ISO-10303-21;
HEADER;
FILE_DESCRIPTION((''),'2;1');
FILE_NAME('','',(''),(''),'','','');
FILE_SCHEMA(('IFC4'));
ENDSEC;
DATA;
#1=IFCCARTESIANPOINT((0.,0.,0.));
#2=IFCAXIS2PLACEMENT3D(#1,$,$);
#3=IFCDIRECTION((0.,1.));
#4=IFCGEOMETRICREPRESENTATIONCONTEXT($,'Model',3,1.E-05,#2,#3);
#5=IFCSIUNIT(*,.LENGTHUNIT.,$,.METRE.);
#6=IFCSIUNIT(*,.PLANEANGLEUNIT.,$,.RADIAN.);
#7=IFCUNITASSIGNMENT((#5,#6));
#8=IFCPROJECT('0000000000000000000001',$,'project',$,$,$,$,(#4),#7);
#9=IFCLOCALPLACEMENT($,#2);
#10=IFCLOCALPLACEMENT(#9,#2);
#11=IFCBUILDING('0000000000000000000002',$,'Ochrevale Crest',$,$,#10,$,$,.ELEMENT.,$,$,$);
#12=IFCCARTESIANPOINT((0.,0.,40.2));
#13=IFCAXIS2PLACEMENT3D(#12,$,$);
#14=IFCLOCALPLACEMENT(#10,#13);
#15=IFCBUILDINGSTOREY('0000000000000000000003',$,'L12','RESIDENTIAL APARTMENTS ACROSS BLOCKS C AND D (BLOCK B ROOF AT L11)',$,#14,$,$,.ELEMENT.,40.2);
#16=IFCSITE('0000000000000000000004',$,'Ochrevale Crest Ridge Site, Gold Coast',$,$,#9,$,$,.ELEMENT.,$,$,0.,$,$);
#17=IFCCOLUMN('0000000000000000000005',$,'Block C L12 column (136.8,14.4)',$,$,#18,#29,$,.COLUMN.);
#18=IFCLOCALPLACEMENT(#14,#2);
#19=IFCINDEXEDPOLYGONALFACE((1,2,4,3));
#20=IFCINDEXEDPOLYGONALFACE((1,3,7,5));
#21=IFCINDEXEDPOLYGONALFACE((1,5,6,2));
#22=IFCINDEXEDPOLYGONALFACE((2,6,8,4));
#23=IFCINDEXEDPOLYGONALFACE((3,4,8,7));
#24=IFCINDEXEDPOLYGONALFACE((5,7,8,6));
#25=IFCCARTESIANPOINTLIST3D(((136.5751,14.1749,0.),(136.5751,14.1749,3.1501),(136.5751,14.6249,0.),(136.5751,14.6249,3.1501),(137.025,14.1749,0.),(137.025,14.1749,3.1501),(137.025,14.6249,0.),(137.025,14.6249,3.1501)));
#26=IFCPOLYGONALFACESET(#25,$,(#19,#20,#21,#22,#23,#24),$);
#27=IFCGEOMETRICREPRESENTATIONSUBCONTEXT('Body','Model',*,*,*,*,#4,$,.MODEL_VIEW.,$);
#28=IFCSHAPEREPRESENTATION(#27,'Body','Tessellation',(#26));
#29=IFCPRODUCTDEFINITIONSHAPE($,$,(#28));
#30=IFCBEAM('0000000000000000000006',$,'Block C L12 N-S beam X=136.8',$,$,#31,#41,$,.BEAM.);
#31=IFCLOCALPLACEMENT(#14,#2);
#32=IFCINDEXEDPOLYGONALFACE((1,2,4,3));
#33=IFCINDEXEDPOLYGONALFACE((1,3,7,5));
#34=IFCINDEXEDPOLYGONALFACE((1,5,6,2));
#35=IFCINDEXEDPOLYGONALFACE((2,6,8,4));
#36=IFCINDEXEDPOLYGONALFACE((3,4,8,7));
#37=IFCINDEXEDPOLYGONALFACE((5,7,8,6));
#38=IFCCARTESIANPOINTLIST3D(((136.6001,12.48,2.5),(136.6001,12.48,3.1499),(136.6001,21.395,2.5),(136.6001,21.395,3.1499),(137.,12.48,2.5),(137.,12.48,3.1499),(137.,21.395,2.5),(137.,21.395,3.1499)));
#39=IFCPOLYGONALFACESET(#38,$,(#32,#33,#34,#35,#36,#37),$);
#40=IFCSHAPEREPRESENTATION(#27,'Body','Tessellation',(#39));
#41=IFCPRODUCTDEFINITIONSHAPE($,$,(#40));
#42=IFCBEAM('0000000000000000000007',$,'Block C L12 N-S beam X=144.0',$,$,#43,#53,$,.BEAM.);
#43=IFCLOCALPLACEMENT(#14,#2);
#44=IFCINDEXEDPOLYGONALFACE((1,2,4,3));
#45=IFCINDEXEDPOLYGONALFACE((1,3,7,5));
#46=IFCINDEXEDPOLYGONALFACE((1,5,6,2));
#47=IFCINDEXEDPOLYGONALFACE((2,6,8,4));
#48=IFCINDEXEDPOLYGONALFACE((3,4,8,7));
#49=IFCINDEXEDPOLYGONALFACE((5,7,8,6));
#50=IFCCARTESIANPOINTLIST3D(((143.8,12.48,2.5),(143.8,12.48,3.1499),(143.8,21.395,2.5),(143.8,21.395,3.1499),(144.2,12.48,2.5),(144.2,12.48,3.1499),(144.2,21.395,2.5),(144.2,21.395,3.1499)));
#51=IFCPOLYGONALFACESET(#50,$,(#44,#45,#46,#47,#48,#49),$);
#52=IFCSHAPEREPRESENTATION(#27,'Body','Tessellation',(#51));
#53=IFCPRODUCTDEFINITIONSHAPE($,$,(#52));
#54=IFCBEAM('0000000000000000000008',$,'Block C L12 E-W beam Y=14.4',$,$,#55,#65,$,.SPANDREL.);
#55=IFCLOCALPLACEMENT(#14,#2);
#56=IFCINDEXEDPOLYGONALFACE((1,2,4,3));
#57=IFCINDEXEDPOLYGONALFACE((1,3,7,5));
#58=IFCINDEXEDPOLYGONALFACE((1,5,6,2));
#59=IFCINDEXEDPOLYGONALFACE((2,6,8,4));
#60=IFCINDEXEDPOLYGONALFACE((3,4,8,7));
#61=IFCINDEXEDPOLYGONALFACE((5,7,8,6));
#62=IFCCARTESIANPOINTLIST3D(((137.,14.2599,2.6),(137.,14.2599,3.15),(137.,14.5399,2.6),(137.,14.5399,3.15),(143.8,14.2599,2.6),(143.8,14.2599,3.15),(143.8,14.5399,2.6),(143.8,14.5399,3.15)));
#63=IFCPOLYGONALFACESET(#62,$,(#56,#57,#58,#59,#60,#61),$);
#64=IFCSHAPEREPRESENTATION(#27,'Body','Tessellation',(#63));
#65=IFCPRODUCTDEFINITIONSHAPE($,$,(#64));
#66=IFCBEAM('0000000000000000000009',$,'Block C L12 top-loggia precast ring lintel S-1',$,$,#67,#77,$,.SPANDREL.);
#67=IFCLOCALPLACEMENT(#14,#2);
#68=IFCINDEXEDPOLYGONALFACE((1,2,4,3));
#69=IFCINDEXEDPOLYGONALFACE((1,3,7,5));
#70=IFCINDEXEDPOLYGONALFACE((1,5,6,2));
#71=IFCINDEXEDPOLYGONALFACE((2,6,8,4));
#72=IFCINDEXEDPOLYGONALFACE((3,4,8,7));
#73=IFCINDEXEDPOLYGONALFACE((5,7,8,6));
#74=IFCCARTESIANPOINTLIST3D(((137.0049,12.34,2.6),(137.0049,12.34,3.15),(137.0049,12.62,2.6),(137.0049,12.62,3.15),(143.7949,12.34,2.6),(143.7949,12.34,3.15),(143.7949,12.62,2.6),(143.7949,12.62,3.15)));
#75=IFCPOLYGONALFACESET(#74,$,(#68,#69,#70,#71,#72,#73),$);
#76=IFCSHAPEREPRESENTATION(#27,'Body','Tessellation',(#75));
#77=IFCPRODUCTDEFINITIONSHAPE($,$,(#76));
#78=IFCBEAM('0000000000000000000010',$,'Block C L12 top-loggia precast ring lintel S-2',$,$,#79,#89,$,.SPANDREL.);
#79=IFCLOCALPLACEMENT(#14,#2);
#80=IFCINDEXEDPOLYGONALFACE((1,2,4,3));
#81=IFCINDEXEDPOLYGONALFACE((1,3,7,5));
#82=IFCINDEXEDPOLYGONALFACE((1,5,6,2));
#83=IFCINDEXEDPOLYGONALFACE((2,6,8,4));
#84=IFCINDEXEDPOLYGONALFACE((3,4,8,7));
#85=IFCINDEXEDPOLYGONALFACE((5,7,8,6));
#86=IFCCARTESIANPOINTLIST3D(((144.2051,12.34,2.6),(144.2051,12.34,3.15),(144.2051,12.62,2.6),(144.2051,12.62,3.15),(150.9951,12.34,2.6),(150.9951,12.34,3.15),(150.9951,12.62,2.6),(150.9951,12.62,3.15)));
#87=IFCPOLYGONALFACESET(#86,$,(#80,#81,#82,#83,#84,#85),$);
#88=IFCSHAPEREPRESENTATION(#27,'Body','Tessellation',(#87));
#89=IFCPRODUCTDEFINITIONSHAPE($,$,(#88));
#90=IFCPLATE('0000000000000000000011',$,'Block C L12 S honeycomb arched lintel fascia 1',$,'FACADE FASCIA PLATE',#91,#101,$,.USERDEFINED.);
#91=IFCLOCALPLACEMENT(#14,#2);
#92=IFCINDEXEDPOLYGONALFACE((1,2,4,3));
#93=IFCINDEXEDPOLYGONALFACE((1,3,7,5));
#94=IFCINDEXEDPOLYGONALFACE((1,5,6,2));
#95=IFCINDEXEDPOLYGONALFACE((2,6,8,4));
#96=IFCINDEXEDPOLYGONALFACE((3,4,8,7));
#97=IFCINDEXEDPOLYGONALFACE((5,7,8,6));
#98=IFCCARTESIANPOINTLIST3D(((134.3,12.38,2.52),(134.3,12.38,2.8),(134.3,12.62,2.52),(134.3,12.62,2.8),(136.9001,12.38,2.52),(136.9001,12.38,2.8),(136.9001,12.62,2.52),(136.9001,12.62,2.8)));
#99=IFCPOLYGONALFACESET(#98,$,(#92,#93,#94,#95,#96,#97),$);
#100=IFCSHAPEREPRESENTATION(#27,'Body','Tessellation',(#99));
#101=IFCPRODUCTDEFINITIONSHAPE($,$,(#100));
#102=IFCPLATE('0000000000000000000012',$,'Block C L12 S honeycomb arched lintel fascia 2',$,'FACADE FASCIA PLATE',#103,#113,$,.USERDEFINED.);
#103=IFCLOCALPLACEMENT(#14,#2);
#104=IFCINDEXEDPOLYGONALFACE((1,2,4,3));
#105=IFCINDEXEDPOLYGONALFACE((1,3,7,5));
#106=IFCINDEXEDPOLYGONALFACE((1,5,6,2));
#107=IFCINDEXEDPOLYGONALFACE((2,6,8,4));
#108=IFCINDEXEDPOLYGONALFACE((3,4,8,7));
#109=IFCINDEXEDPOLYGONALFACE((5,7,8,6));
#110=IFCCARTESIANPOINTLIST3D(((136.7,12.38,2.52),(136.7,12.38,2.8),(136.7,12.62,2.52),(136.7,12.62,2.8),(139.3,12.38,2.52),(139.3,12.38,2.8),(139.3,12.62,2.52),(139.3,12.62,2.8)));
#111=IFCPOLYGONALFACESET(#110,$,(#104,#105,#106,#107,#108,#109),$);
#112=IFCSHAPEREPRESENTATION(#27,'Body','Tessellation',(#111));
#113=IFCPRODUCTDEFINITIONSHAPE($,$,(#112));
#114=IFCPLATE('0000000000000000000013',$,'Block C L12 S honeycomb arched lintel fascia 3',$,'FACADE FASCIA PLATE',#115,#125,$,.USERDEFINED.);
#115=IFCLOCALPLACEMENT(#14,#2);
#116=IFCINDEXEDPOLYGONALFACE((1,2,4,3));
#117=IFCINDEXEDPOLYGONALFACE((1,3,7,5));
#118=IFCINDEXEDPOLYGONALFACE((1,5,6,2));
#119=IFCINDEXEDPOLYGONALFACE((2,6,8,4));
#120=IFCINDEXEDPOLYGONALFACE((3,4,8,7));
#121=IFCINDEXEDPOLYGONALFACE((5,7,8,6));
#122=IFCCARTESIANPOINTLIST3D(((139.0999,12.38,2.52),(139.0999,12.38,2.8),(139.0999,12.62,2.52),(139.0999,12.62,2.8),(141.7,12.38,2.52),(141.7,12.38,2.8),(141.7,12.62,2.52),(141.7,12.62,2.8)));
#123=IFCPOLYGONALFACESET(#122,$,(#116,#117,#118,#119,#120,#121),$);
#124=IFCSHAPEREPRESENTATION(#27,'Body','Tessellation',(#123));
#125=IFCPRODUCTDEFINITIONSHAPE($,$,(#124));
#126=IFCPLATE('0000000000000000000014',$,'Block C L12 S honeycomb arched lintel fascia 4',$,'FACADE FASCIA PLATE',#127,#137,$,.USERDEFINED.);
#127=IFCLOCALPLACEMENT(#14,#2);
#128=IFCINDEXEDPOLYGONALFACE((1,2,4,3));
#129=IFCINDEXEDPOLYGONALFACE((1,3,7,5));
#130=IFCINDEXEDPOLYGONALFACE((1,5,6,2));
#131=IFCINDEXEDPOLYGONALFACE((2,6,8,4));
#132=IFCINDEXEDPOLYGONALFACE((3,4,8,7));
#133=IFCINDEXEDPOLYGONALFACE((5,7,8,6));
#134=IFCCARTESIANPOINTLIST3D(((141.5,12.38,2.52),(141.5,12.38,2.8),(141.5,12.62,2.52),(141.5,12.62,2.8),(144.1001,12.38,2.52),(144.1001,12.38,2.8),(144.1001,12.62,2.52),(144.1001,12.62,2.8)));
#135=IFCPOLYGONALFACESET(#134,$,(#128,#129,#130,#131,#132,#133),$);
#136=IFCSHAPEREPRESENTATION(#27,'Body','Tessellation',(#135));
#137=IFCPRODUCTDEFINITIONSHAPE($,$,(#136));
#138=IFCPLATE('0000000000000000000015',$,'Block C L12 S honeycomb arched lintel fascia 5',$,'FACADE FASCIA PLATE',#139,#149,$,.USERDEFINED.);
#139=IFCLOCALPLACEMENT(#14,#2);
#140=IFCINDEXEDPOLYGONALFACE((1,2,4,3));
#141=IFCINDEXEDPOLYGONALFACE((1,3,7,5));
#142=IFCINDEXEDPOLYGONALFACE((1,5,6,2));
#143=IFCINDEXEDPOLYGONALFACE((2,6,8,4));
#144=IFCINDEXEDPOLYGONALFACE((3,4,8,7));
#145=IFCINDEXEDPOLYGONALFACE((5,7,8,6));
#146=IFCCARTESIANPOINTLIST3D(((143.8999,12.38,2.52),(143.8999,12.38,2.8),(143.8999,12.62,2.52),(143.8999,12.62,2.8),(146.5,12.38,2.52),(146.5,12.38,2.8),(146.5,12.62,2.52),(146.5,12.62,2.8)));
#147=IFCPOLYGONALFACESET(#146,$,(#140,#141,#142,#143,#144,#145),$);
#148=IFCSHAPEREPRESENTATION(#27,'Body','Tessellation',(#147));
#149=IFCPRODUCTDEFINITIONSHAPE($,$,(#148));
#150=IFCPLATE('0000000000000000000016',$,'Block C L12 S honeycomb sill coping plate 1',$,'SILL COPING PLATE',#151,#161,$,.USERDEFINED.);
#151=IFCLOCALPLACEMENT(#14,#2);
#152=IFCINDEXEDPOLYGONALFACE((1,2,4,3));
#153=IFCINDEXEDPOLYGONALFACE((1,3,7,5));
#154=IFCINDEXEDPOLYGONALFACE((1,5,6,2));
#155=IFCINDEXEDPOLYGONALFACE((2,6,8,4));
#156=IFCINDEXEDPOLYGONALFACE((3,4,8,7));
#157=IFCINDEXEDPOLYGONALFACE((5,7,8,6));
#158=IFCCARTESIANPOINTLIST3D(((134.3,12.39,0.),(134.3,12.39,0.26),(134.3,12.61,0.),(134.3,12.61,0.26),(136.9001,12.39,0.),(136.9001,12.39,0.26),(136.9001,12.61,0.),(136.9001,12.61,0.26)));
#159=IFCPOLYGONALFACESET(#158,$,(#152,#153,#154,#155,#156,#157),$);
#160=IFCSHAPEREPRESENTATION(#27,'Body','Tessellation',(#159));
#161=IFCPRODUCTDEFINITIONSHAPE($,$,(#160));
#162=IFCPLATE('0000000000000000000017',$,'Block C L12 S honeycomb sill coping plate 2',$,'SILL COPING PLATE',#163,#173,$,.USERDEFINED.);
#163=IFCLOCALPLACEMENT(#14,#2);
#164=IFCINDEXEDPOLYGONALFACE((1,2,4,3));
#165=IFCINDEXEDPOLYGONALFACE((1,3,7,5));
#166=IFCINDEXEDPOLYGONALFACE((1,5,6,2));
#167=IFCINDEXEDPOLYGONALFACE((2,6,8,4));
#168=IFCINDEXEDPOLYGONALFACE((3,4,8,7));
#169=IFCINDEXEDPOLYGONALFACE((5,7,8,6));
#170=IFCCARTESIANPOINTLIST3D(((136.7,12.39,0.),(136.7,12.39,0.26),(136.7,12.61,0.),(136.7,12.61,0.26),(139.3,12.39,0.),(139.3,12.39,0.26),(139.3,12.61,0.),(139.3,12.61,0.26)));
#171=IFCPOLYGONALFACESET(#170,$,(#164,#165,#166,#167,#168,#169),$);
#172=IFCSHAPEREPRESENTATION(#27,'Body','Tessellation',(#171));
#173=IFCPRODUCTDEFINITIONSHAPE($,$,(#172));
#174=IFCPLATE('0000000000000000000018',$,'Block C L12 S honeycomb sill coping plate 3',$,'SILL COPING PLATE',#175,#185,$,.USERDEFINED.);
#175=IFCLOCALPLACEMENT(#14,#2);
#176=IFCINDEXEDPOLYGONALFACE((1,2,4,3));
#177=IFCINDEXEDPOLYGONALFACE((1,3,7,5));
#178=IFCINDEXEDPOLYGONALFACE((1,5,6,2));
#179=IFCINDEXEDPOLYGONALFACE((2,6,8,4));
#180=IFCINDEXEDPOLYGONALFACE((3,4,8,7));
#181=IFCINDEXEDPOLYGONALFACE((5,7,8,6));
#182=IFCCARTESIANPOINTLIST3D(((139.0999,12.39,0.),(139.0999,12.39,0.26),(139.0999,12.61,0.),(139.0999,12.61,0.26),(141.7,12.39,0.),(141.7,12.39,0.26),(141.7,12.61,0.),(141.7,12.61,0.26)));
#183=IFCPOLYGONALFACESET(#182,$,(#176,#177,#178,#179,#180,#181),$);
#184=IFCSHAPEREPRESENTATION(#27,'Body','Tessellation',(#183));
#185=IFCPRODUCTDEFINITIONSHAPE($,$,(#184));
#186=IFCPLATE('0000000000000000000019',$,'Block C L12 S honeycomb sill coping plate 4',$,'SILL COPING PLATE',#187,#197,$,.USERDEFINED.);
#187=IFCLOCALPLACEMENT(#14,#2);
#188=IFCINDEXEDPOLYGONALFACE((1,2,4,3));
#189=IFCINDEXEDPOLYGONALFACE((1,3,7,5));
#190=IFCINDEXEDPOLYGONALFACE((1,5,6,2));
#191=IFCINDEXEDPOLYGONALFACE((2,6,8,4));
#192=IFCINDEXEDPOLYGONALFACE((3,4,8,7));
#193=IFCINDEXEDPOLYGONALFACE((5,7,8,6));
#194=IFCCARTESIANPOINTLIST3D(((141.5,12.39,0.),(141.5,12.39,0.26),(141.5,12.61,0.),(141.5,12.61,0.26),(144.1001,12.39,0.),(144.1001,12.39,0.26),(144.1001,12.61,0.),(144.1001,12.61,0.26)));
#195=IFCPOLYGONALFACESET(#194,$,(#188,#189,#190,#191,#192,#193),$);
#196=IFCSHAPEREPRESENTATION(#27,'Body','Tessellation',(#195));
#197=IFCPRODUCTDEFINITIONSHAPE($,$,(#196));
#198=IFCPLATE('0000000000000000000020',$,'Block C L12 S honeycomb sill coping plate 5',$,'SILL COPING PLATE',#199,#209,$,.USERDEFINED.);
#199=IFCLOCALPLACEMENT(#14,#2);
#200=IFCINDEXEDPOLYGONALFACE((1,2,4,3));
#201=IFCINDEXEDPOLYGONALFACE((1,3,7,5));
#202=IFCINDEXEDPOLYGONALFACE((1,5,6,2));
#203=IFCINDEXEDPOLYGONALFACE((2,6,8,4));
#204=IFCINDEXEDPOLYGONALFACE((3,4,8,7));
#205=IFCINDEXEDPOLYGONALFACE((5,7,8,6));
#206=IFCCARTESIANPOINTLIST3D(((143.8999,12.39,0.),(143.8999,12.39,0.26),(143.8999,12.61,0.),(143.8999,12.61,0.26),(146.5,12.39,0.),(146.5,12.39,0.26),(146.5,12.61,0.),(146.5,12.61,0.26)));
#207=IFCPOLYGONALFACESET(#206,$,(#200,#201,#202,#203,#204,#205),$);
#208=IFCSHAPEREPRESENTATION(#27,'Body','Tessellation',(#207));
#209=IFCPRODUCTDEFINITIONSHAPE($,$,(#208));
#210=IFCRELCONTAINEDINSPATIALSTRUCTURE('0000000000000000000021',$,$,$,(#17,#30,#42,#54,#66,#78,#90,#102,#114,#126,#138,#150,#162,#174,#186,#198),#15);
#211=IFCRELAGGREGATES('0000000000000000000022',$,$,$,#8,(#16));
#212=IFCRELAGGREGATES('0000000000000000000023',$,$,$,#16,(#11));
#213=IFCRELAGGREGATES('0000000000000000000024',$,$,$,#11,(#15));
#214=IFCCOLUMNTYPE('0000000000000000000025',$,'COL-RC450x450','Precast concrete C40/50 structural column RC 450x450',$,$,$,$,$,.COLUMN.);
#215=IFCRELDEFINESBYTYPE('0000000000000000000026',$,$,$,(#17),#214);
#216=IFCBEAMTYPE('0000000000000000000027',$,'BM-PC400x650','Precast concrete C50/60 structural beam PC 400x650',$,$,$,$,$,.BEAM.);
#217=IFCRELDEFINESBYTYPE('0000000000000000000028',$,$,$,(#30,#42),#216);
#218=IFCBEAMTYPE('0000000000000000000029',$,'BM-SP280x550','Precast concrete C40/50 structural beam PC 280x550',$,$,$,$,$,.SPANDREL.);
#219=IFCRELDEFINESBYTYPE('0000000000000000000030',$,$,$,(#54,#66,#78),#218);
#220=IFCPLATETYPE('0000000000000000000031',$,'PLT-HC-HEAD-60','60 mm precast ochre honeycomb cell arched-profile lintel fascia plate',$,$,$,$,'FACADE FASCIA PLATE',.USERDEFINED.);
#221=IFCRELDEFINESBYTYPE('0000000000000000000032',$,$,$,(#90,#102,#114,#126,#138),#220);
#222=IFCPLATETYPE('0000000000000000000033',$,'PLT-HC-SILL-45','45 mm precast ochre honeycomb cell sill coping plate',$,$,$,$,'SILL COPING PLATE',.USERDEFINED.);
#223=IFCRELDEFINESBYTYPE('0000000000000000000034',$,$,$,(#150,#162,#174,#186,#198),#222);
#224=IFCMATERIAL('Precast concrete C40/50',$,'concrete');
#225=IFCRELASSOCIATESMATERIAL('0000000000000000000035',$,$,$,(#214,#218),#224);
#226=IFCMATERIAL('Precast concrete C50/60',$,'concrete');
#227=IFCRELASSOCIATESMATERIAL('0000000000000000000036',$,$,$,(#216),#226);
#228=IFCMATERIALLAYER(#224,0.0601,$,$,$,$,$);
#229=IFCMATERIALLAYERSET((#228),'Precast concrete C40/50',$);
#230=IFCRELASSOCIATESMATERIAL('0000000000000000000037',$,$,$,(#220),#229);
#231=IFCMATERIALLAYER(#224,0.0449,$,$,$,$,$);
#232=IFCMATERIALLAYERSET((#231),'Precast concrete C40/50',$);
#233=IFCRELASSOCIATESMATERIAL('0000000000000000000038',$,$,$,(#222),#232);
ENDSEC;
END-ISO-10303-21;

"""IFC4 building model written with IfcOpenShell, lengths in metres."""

from ifc_helpers import new_model, si_unit, direction, frame, origin, origin_2d, place, context, subcontext, project, spatial, rectangle, extrude, material, layer, layer_set, material_profile, profile_set, type_object, element, save


model = new_model("IFC4")

# Units and contexts
model_context = context("Model", 3, precision=1e-05, world=origin(), true_north=direction((0.0, 1.0)))
body_context = subcontext(model_context, "Body", "Model", "MODEL_VIEW")
ifc_project = project(units=[si_unit("LENGTHUNIT", "METRE"), si_unit("PLANEANGLEUNIT", "RADIAN")], contexts=[model_context])

# Site, building, storey
site_placement = place(None, origin())
site = spatial("IfcSite", under=ifc_project, at=site_placement, Name="Ochrevale Crest Ridge Site, Gold Coast", CompositionType="ELEMENT", RefElevation=0.0)
building_placement = place(site_placement, origin())
building = spatial("IfcBuilding", under=site, at=building_placement, Name="Ochrevale Crest", CompositionType="ELEMENT")
storey_placement = place(building_placement, frame((0.0, 0.0, 40.2)))
storey = spatial("IfcBuildingStorey", under=building, at=storey_placement, Name="L12", Description="RESIDENTIAL APARTMENTS ACROSS BLOCKS C AND D (BLOCK B ROOF AT L11)", CompositionType="ELEMENT", Elevation=40.2)

# Column
ifc_material_1 = material(Name="Precast concrete C40/50", Category="concrete")
ifc_material_profile_1 = material_profile(ifc_material_1, rectangle(XDim=0.45, YDim=0.45, at=origin_2d()), Name="RC 450x450")
ifc_profile_set_1 = profile_set([ifc_material_profile_1], Name="Precast concrete C40/50")
column_type = type_object("IfcColumnType", Name="COL-RC450x450", Description="Precast concrete C40/50 structural column RC 450x450", PredefinedType="COLUMN", material=ifc_profile_set_1)
column_placement = place(storey_placement, frame((136.8, 14.3999, 0.0), z_axis=(0.0, 0.0, 1.0), x_axis=(1.0, 0.0, 0.0)))
element("IfcColumn", 1, at=column_placement, inside=storey, type_object=column_type, Name="Block C L12 column (136.8,14.4)", PredefinedType="COLUMN", context=body_context, shape_type="SweptSolid", body=[
    extrude(rectangle(XDim=0.45, YDim=0.45, at=origin_2d()), origin(), (0.0, 0.0, 1.0), 3.1501),
])

# Beams
ifc_material_2 = material(Name="Precast concrete C50/60", Category="concrete")
ifc_material_profile_2 = material_profile(ifc_material_2, rectangle(XDim=0.3999, YDim=0.6499, at=origin_2d()), Name="PC 400x650")
ifc_profile_set_2 = profile_set([ifc_material_profile_2], Name="Precast concrete C50/60")
beam_type_1 = type_object("IfcBeamType", Name="BM-PC400x650", Description="Precast concrete C50/60 structural beam PC 400x650", PredefinedType="BEAM", material=ifc_profile_set_2)
for number, where, z_axis, x_axis, name in (
    (2, (136.8, 12.48, 2.825), (0.0, 1.0, 0.0), (-1.0, 0.0, 0.0), "Block C L12 N-S beam X=136.8"),
    (3, (144.0, 12.48, 2.825), (0.0, 1.0, 0.0), (-1.0, 0.0, 0.0), "Block C L12 N-S beam X=144.0"),
):
    element("IfcBeam", number, at=place(storey_placement, frame(where, z_axis=z_axis, x_axis=x_axis)), inside=storey, type_object=beam_type_1, Name=name, PredefinedType="BEAM", context=body_context, shape_type="SweptSolid", body=[
        extrude(rectangle(XDim=0.3999, YDim=0.6499, at=origin_2d()), origin(), (0.0, 0.0, 1.0), 8.915),
    ])
ifc_material_profile_3 = material_profile(ifc_material_1, rectangle(XDim=0.28, YDim=0.55, at=origin_2d()), Name="PC 280x550")
ifc_profile_set_3 = profile_set([ifc_material_profile_3], Name="Precast concrete C40/50")
beam_type_2 = type_object("IfcBeamType", Name="BM-SP280x550", Description="Precast concrete C40/50 structural beam PC 280x550", PredefinedType="SPANDREL", material=ifc_profile_set_3)
beam_placement = place(storey_placement, frame((137.0, 14.3999, 2.875), z_axis=(1.0, 0.0, 0.0), x_axis=(0.0, 1.0, 0.0)))
element("IfcBeam", 4, at=beam_placement, inside=storey, type_object=beam_type_2, Name="Block C L12 E-W beam Y=14.4", PredefinedType="SPANDREL", context=body_context, shape_type="SweptSolid", body=[
    extrude(rectangle(XDim=0.28, YDim=0.55, at=origin_2d()), origin(), (0.0, 0.0, 1.0), 6.8),
])
for number, where, z_axis, x_axis, name in (
    (5, (137.0049, 12.48, 2.875), (1.0, 0.0, 0.0), (0.0, 1.0, 0.0), "Block C L12 top-loggia precast ring lintel S-1"),
    (6, (144.2051, 12.48, 2.875), (1.0, 0.0, 0.0), (0.0, 1.0, 0.0), "Block C L12 top-loggia precast ring lintel S-2"),
):
    element("IfcBeam", number, at=place(storey_placement, frame(where, z_axis=z_axis, x_axis=x_axis)), inside=storey, type_object=beam_type_2, Name=name, PredefinedType="SPANDREL", context=body_context, shape_type="SweptSolid", body=[
        extrude(rectangle(XDim=0.28, YDim=0.55, at=origin_2d()), origin(), (0.0, 0.0, 1.0), 6.79),
    ])

# Plates
ifc_layer_1 = layer(ifc_material_1, 0.0601)
ifc_layer_set_1 = layer_set([ifc_layer_1], Name="Precast concrete C40/50")
plate_type_1 = type_object("IfcPlateType", Name="PLT-HC-HEAD-60", Description="60 mm precast ochre honeycomb cell arched-profile lintel fascia plate", ElementType="FACADE FASCIA PLATE", PredefinedType="USERDEFINED", material=ifc_layer_set_1)
for number, where, z_axis, x_axis, name in (
    (7, (135.6001, 12.5, 2.52), (0.0, 0.0, 1.0), (1.0, 0.0, 0.0), "Block C L12 S honeycomb arched lintel fascia 1"),
    (8, (138.0, 12.5, 2.52), (0.0, 0.0, 1.0), (1.0, 0.0, 0.0), "Block C L12 S honeycomb arched lintel fascia 2"),
    (9, (140.3999, 12.5, 2.52), (0.0, 0.0, 1.0), (1.0, 0.0, 0.0), "Block C L12 S honeycomb arched lintel fascia 3"),
    (10, (142.8, 12.5, 2.52), (0.0, 0.0, 1.0), (1.0, 0.0, 0.0), "Block C L12 S honeycomb arched lintel fascia 4"),
    (11, (145.2, 12.5, 2.52), (0.0, 0.0, 1.0), (1.0, 0.0, 0.0), "Block C L12 S honeycomb arched lintel fascia 5"),
):
    element("IfcPlate", number, at=place(storey_placement, frame(where, z_axis=z_axis, x_axis=x_axis)), inside=storey, type_object=plate_type_1, Name=name, ObjectType="FACADE FASCIA PLATE", PredefinedType="USERDEFINED", context=body_context, shape_type="SweptSolid", body=[
        extrude(rectangle(XDim=2.6001, YDim=0.24, at=origin_2d()), origin(), (0.0, 0.0, 1.0), 0.28),
    ])
ifc_layer_2 = layer(ifc_material_1, 0.0449)
ifc_layer_set_2 = layer_set([ifc_layer_2], Name="Precast concrete C40/50")
plate_type_2 = type_object("IfcPlateType", Name="PLT-HC-SILL-45", Description="45 mm precast ochre honeycomb cell sill coping plate", ElementType="SILL COPING PLATE", PredefinedType="USERDEFINED", material=ifc_layer_set_2)
for number, where, z_axis, x_axis, name in (
    (12, (135.6001, 12.5, 0.0), (0.0, 0.0, 1.0), (1.0, 0.0, 0.0), "Block C L12 S honeycomb sill coping plate 1"),
    (13, (138.0, 12.5, 0.0), (0.0, 0.0, 1.0), (1.0, 0.0, 0.0), "Block C L12 S honeycomb sill coping plate 2"),
    (14, (140.3999, 12.5, 0.0), (0.0, 0.0, 1.0), (1.0, 0.0, 0.0), "Block C L12 S honeycomb sill coping plate 3"),
    (15, (142.8, 12.5, 0.0), (0.0, 0.0, 1.0), (1.0, 0.0, 0.0), "Block C L12 S honeycomb sill coping plate 4"),
    (16, (145.2, 12.5, 0.0), (0.0, 0.0, 1.0), (1.0, 0.0, 0.0), "Block C L12 S honeycomb sill coping plate 5"),
):
    element("IfcPlate", number, at=place(storey_placement, frame(where, z_axis=z_axis, x_axis=x_axis)), inside=storey, type_object=plate_type_2, Name=name, ObjectType="SILL COPING PLATE", PredefinedType="USERDEFINED", context=body_context, shape_type="SweptSolid", body=[
        extrude(rectangle(XDim=2.6001, YDim=0.22, at=origin_2d()), origin(), (0.0, 0.0, 1.0), 0.26),
    ])

save(model, "model.ifc")
